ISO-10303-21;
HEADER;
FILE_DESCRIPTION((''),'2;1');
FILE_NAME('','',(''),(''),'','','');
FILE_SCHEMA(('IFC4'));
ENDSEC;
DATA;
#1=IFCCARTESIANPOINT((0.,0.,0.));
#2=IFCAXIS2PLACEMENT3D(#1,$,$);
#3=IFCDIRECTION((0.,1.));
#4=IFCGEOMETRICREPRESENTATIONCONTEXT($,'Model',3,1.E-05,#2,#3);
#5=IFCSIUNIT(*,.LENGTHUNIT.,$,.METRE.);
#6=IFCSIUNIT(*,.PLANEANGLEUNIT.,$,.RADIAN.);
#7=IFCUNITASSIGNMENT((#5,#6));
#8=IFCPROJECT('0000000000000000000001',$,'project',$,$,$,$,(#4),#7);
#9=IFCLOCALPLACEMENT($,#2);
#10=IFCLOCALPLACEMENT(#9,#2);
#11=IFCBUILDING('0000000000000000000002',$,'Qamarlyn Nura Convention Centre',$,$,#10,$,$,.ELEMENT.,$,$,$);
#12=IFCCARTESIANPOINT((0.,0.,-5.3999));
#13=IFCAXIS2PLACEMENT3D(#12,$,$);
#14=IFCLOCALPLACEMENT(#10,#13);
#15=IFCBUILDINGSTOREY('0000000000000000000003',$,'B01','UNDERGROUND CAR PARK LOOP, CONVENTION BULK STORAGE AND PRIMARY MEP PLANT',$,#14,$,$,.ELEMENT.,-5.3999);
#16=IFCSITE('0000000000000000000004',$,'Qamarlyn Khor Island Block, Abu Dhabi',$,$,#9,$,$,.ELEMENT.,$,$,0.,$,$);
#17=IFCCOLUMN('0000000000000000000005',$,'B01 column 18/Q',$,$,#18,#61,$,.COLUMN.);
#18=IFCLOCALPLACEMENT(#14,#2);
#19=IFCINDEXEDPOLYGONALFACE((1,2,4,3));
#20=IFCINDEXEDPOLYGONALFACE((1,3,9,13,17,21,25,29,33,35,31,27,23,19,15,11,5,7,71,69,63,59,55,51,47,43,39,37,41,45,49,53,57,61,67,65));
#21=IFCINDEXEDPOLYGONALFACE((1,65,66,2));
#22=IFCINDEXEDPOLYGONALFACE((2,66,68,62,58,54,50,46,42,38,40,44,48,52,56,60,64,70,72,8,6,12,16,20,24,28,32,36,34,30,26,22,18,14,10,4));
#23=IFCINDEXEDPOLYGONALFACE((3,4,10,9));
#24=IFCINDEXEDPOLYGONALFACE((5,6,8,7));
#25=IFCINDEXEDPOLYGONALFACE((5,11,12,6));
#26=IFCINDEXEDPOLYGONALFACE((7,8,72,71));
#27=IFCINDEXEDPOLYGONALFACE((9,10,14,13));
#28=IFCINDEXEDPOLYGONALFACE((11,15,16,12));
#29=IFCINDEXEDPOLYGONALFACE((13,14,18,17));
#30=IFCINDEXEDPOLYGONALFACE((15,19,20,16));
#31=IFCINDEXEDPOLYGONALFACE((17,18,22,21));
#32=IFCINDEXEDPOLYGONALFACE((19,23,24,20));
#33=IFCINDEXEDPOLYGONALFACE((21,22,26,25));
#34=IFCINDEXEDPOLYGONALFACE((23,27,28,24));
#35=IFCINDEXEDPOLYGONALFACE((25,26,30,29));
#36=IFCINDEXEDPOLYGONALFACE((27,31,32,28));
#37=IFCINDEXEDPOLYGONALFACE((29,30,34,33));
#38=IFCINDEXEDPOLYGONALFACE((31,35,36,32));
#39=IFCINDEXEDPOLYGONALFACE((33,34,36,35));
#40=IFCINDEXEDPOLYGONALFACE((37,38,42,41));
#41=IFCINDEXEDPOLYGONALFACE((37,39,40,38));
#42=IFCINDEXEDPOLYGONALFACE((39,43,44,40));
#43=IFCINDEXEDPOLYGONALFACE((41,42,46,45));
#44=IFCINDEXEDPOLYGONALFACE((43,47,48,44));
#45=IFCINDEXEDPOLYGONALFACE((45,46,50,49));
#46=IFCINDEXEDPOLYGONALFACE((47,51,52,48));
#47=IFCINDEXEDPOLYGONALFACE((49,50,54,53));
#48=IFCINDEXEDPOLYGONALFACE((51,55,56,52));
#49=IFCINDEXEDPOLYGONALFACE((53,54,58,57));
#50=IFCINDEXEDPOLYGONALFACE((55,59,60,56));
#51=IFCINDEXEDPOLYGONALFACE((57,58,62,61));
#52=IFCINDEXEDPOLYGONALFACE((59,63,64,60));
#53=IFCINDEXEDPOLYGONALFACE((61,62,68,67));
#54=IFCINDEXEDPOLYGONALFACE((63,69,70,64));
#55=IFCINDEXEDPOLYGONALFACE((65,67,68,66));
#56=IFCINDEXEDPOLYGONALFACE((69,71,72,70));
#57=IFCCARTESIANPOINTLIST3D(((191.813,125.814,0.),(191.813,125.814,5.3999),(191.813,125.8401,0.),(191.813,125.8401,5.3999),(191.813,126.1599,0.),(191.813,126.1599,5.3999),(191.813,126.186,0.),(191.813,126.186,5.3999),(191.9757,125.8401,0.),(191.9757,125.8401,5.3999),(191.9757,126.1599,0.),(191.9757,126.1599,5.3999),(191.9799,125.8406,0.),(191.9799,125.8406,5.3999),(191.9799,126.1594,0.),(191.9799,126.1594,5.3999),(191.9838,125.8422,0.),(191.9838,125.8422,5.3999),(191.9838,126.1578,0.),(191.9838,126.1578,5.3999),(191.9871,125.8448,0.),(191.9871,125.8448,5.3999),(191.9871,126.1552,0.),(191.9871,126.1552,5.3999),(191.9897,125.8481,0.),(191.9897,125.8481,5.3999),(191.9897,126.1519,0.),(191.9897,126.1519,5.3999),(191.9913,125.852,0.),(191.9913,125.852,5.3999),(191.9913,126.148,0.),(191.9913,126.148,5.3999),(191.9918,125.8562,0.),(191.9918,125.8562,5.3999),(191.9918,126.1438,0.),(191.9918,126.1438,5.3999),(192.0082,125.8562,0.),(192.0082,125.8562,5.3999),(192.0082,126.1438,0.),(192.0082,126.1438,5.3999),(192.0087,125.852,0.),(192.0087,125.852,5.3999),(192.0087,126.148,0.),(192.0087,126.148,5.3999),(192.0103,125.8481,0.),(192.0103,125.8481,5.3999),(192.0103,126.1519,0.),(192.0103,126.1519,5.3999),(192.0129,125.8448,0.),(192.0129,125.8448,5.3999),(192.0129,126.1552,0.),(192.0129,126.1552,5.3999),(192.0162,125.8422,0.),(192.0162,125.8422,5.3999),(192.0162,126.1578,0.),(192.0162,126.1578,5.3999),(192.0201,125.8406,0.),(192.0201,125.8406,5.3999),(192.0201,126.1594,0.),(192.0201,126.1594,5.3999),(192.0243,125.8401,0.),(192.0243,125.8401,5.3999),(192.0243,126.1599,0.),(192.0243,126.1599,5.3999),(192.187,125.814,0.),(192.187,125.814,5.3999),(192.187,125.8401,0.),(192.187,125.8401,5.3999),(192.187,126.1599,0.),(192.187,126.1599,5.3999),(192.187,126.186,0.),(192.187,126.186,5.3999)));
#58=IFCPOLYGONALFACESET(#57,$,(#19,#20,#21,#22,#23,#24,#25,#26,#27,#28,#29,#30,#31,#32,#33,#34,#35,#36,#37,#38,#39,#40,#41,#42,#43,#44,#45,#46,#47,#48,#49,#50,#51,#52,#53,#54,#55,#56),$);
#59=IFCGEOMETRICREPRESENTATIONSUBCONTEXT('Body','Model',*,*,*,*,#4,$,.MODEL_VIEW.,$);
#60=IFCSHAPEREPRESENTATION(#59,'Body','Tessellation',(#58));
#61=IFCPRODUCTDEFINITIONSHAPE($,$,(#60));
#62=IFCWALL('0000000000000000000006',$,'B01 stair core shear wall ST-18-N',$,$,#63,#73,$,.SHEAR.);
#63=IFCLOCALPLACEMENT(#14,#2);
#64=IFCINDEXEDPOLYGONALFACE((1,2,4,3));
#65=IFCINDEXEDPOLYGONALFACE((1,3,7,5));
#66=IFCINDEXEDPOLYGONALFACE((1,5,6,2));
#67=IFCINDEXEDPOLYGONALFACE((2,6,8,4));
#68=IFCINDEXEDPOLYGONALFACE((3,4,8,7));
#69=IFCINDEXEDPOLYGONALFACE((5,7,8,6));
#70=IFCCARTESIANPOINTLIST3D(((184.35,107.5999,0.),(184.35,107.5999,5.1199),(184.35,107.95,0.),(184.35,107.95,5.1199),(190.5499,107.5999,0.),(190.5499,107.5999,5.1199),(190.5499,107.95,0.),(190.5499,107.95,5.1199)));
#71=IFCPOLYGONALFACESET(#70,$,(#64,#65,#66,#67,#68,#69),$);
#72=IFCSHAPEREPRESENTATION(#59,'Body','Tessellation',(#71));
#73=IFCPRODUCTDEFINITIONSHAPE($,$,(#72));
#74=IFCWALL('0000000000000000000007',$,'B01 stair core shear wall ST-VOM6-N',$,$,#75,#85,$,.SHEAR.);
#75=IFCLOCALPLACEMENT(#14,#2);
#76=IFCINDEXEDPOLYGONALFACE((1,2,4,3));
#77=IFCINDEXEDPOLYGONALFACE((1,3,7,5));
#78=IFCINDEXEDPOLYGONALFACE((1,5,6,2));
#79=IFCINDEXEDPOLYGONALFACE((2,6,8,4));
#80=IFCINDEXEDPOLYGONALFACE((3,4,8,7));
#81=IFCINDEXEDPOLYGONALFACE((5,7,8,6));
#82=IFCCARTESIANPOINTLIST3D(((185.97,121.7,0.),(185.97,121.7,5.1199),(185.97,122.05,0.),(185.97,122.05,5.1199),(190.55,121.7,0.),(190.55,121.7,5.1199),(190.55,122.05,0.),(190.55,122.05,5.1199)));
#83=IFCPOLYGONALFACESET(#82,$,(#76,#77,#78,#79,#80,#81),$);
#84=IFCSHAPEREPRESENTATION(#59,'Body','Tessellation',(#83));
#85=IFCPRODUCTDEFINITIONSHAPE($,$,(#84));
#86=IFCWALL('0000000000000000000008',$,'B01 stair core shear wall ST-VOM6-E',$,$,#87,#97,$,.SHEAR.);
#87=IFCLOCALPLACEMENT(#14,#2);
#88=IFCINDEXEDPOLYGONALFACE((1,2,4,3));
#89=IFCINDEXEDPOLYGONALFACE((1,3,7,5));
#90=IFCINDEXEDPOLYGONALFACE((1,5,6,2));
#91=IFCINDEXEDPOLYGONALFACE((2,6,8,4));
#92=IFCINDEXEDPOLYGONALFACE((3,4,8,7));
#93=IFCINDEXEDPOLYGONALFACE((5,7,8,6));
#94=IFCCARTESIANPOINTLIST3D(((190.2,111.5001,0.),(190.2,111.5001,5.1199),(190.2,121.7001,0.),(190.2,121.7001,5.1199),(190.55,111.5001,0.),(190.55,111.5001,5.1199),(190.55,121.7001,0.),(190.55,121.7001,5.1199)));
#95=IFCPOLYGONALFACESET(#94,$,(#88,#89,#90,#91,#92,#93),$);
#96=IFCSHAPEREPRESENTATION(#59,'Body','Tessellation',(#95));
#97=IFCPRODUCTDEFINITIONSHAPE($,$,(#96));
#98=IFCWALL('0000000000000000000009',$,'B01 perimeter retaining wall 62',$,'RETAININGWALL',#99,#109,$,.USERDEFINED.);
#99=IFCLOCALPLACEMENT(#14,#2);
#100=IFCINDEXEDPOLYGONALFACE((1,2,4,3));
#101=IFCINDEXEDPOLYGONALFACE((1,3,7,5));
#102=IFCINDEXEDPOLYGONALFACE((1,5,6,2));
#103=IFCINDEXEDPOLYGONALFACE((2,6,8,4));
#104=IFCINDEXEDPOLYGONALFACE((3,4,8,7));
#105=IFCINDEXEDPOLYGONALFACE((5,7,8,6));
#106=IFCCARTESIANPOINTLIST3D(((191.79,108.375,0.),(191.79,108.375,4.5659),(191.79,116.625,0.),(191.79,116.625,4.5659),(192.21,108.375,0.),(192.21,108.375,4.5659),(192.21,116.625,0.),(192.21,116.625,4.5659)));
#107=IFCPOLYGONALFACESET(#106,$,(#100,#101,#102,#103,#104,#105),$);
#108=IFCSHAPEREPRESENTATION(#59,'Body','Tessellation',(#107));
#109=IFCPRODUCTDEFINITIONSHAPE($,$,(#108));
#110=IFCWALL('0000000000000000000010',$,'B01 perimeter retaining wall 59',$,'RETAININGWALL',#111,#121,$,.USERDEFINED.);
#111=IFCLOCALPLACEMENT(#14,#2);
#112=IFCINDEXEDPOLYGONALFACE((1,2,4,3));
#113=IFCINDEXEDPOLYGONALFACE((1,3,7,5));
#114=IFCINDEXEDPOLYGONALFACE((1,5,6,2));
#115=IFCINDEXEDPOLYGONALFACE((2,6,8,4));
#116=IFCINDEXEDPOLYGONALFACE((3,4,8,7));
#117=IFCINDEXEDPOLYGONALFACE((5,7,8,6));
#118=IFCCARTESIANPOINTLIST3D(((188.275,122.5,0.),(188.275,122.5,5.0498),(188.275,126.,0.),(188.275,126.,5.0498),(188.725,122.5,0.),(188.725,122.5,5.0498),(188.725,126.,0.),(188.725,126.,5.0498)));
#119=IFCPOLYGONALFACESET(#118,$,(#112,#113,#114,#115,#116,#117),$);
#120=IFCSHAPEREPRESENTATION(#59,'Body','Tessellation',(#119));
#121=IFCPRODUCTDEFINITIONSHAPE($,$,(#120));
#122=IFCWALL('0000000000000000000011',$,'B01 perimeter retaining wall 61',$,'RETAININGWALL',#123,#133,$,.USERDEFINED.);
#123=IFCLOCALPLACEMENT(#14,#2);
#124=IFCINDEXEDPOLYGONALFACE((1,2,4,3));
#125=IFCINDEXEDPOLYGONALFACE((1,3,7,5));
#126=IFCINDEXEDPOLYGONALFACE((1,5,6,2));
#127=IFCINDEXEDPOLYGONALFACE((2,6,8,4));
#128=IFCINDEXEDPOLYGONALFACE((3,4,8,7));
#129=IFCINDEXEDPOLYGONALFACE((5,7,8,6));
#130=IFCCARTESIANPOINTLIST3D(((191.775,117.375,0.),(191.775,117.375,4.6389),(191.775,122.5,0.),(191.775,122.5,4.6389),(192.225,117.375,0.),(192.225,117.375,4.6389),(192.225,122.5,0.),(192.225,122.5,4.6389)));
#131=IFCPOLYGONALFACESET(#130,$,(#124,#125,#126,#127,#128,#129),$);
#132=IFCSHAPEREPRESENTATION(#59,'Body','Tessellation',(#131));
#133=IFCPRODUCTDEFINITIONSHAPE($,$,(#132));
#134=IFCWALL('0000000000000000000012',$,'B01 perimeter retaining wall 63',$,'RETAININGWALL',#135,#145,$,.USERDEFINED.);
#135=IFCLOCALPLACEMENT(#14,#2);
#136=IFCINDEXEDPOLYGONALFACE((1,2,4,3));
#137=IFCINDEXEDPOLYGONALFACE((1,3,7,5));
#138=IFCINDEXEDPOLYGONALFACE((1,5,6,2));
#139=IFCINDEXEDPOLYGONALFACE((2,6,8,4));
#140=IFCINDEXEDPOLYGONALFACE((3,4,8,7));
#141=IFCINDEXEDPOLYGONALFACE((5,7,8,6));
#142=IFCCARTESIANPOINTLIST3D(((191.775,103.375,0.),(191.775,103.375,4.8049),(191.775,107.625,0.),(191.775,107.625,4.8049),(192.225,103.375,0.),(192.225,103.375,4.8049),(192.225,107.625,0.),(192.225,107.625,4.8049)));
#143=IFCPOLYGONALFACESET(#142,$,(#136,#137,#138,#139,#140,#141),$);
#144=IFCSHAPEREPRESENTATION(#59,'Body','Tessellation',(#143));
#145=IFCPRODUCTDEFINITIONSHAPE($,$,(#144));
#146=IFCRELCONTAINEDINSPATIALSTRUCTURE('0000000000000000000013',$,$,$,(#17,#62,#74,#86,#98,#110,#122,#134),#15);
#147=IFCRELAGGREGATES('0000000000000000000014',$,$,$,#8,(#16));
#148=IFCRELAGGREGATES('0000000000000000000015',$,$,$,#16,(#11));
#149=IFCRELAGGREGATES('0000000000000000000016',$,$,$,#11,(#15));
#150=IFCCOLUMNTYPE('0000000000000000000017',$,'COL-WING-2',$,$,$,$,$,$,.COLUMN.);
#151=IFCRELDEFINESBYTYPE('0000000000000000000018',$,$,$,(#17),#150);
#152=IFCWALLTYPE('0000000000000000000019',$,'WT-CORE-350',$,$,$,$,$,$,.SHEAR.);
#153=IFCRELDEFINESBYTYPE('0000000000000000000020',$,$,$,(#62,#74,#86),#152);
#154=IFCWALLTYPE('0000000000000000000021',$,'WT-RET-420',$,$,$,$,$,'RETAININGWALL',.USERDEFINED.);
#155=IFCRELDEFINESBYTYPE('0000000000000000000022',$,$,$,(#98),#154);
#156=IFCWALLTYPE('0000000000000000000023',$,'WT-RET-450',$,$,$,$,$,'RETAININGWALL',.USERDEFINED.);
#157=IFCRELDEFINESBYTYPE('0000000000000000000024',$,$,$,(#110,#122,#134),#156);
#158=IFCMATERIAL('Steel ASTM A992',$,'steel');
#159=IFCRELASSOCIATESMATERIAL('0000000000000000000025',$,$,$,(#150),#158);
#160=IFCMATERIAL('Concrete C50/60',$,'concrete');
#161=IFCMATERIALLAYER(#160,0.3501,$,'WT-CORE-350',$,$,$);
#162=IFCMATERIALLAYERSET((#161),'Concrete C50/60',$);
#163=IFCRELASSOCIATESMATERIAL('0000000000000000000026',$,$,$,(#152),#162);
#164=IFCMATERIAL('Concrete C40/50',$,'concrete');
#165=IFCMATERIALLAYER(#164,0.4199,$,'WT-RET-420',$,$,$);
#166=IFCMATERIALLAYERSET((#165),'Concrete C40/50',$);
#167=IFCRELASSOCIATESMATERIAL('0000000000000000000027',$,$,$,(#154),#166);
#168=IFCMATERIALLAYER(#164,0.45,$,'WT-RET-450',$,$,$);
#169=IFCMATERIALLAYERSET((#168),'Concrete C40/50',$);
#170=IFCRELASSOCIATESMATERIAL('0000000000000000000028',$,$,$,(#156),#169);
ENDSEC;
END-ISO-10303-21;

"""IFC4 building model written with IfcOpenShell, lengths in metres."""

from ifc_helpers import new_model, si_unit, direction, frame, frame_2d, origin, origin_2d, place, context, subcontext, project, spatial, rectangle, i_section, extrude, material, layer, layer_set, material_profile, profile_set, type_object, element, save


model = new_model("IFC4")

# Units and contexts
model_context = context("Model", 3, precision=1e-05, world=origin(), true_north=direction((0.0, 1.0)))
body_context = subcontext(model_context, "Body", "Model", "MODEL_VIEW")
ifc_project = project(units=[si_unit("LENGTHUNIT", "METRE"), si_unit("PLANEANGLEUNIT", "RADIAN")], contexts=[model_context])

# Site, building, storey
site_placement = place(None, origin())
site = spatial("IfcSite", under=ifc_project, at=site_placement, Name="Qamarlyn Khor Island Block, Abu Dhabi", CompositionType="ELEMENT", RefElevation=0.0)
building_placement = place(site_placement, origin())
building = spatial("IfcBuilding", under=site, at=building_placement, Name="Qamarlyn Nura Convention Centre", CompositionType="ELEMENT")
storey_placement = place(building_placement, frame((0.0, 0.0, -5.3999)))
storey = spatial("IfcBuildingStorey", under=building, at=storey_placement, Name="B01", Description="UNDERGROUND CAR PARK LOOP, CONVENTION BULK STORAGE AND PRIMARY MEP PLANT", CompositionType="ELEMENT", Elevation=-5.3999)

# Shared definitions
ifc_material_1 = material(Name="Concrete C40/50", Category="concrete")

# Column
ifc_material_2 = material(Name="Concrete C50/60", Category="concrete")
ifc_material_3 = material(Name="Steel ASTM A992", Category="steel")
ifc_material_profile_1 = material_profile(ifc_material_3, i_section(OverallWidth=0.374, OverallDepth=0.3721, WebThickness=0.0164, FlangeThickness=0.0261, FilletRadius=0.0161, at=origin_2d()), Name="W360X196")
ifc_profile_set_1 = profile_set([ifc_material_profile_1], Name="Steel ASTM A992")
column_type_1 = type_object("IfcColumnType", Name="COL-WING-2", PredefinedType="COLUMN", material=ifc_profile_set_1)
column_placement = place(storey_placement, frame((192.0, 126.0, 0.0), z_axis=(0.0, 0.0, 1.0), x_axis=(1.0, 0.0, 0.0)))
element("IfcColumn", 1, at=column_placement, inside=storey, type_object=column_type_1, Name="B01 column 18/Q", PredefinedType="COLUMN", context=body_context, shape_type="SweptSolid", body=[
    extrude(i_section(OverallWidth=0.374, OverallDepth=0.3721, WebThickness=0.0164, FlangeThickness=0.0261, FilletRadius=0.0161, at=origin_2d()), origin(), (0.0, 0.0, 1.0), 5.3999),
])

# Walls
ifc_layer_1 = layer(ifc_material_2, 0.3501, Name="WT-CORE-350")
ifc_layer_set_1 = layer_set([ifc_layer_1], Name="Concrete C50/60")
wall_type_1 = type_object("IfcWallType", Name="WT-CORE-350", PredefinedType="SHEAR", material=ifc_layer_set_1)
wall_1_placement = place(storey_placement, frame((190.55, 107.7749, 0.0), z_axis=(0.0, 0.0, 1.0), x_axis=(-1.0, 0.0, 0.0)))
element("IfcWall", 2, at=wall_1_placement, inside=storey, type_object=wall_type_1, Name="B01 stair core shear wall ST-18-N", PredefinedType="SHEAR", context=body_context, shape_type="SweptSolid", body=[
    extrude(rectangle(XDim=6.2, YDim=0.3501, at=frame_2d((3.1001, 0.0))), origin(), (0.0, 0.0, 1.0), 5.1199),
])
wall_2_placement = place(storey_placement, frame((190.55, 121.875, 0.0), z_axis=(0.0, 0.0, 1.0), x_axis=(-1.0, 0.0, 0.0)))
element("IfcWall", 3, at=wall_2_placement, inside=storey, type_object=wall_type_1, Name="B01 stair core shear wall ST-VOM6-N", PredefinedType="SHEAR", context=body_context, shape_type="SweptSolid", body=[
    extrude(rectangle(XDim=4.5801, YDim=0.3501, at=frame_2d((2.29, 0.0))), origin(), (0.0, 0.0, 1.0), 5.1199),
])
wall_3_placement = place(storey_placement, frame((190.375, 111.5, 0.0), z_axis=(0.0, 0.0, 1.0), x_axis=(0.0, 1.0, 0.0)))
element("IfcWall", 4, at=wall_3_placement, inside=storey, type_object=wall_type_1, Name="B01 stair core shear wall ST-VOM6-E", PredefinedType="SHEAR", context=body_context, shape_type="SweptSolid", body=[
    extrude(rectangle(XDim=10.2, YDim=0.3501, at=frame_2d((5.1001, 0.0))), origin(), (0.0, 0.0, 1.0), 5.1199),
])
ifc_layer_2 = layer(ifc_material_1, 0.4199, Name="WT-RET-420")
ifc_layer_set_2 = layer_set([ifc_layer_2], Name="Concrete C40/50")
wall_type_2 = type_object("IfcWallType", Name="WT-RET-420", ElementType="RETAININGWALL", PredefinedType="USERDEFINED", material=ifc_layer_set_2)
wall_4_placement = place(storey_placement, frame((192.0, 116.625, 0.0), z_axis=(0.0, 0.0, 1.0), x_axis=(0.0, -1.0, 0.0)))
element("IfcWall", 5, at=wall_4_placement, inside=storey, type_object=wall_type_2, Name="B01 perimeter retaining wall 62", ObjectType="RETAININGWALL", PredefinedType="USERDEFINED", context=body_context, shape_type="SweptSolid", body=[
    extrude(rectangle(XDim=8.25, YDim=0.4199, at=frame_2d((4.125, 0.0))), origin(), (0.0, 0.0, 1.0), 4.5659),
])
ifc_layer_3 = layer(ifc_material_1, 0.45, Name="WT-RET-450")
ifc_layer_set_3 = layer_set([ifc_layer_3], Name="Concrete C40/50")
wall_type_3 = type_object("IfcWallType", Name="WT-RET-450", ElementType="RETAININGWALL", PredefinedType="USERDEFINED", material=ifc_layer_set_3)
wall_5_placement = place(storey_placement, frame((188.5, 126.0, 0.0), z_axis=(0.0, 0.0, 1.0), x_axis=(0.0, -1.0, 0.0)))
element("IfcWall", 6, at=wall_5_placement, inside=storey, type_object=wall_type_3, Name="B01 perimeter retaining wall 59", ObjectType="RETAININGWALL", PredefinedType="USERDEFINED", context=body_context, shape_type="SweptSolid", body=[
    extrude(rectangle(XDim=3.5, YDim=0.45, at=frame_2d((1.75, 0.0))), origin(), (0.0, 0.0, 1.0), 5.0498),
])
wall_6_placement = place(storey_placement, frame((192.0, 122.5, 0.0), z_axis=(0.0, 0.0, 1.0), x_axis=(0.0, -1.0, 0.0)))
element("IfcWall", 7, at=wall_6_placement, inside=storey, type_object=wall_type_3, Name="B01 perimeter retaining wall 61", ObjectType="RETAININGWALL", PredefinedType="USERDEFINED", context=body_context, shape_type="SweptSolid", body=[
    extrude(rectangle(XDim=5.125, YDim=0.45, at=frame_2d((2.5625, 0.0))), origin(), (0.0, 0.0, 1.0), 4.6389),
])
wall_7_placement = place(storey_placement, frame((192.0, 107.625, 0.0), z_axis=(0.0, 0.0, 1.0), x_axis=(0.0, -1.0, 0.0)))
element("IfcWall", 8, at=wall_7_placement, inside=storey, type_object=wall_type_3, Name="B01 perimeter retaining wall 63", ObjectType="RETAININGWALL", PredefinedType="USERDEFINED", context=body_context, shape_type="SweptSolid", body=[
    extrude(rectangle(XDim=4.25, YDim=0.45, at=frame_2d((2.125, 0.0))), origin(), (0.0, 0.0, 1.0), 4.8049),
])

save(model, "model.ifc")
